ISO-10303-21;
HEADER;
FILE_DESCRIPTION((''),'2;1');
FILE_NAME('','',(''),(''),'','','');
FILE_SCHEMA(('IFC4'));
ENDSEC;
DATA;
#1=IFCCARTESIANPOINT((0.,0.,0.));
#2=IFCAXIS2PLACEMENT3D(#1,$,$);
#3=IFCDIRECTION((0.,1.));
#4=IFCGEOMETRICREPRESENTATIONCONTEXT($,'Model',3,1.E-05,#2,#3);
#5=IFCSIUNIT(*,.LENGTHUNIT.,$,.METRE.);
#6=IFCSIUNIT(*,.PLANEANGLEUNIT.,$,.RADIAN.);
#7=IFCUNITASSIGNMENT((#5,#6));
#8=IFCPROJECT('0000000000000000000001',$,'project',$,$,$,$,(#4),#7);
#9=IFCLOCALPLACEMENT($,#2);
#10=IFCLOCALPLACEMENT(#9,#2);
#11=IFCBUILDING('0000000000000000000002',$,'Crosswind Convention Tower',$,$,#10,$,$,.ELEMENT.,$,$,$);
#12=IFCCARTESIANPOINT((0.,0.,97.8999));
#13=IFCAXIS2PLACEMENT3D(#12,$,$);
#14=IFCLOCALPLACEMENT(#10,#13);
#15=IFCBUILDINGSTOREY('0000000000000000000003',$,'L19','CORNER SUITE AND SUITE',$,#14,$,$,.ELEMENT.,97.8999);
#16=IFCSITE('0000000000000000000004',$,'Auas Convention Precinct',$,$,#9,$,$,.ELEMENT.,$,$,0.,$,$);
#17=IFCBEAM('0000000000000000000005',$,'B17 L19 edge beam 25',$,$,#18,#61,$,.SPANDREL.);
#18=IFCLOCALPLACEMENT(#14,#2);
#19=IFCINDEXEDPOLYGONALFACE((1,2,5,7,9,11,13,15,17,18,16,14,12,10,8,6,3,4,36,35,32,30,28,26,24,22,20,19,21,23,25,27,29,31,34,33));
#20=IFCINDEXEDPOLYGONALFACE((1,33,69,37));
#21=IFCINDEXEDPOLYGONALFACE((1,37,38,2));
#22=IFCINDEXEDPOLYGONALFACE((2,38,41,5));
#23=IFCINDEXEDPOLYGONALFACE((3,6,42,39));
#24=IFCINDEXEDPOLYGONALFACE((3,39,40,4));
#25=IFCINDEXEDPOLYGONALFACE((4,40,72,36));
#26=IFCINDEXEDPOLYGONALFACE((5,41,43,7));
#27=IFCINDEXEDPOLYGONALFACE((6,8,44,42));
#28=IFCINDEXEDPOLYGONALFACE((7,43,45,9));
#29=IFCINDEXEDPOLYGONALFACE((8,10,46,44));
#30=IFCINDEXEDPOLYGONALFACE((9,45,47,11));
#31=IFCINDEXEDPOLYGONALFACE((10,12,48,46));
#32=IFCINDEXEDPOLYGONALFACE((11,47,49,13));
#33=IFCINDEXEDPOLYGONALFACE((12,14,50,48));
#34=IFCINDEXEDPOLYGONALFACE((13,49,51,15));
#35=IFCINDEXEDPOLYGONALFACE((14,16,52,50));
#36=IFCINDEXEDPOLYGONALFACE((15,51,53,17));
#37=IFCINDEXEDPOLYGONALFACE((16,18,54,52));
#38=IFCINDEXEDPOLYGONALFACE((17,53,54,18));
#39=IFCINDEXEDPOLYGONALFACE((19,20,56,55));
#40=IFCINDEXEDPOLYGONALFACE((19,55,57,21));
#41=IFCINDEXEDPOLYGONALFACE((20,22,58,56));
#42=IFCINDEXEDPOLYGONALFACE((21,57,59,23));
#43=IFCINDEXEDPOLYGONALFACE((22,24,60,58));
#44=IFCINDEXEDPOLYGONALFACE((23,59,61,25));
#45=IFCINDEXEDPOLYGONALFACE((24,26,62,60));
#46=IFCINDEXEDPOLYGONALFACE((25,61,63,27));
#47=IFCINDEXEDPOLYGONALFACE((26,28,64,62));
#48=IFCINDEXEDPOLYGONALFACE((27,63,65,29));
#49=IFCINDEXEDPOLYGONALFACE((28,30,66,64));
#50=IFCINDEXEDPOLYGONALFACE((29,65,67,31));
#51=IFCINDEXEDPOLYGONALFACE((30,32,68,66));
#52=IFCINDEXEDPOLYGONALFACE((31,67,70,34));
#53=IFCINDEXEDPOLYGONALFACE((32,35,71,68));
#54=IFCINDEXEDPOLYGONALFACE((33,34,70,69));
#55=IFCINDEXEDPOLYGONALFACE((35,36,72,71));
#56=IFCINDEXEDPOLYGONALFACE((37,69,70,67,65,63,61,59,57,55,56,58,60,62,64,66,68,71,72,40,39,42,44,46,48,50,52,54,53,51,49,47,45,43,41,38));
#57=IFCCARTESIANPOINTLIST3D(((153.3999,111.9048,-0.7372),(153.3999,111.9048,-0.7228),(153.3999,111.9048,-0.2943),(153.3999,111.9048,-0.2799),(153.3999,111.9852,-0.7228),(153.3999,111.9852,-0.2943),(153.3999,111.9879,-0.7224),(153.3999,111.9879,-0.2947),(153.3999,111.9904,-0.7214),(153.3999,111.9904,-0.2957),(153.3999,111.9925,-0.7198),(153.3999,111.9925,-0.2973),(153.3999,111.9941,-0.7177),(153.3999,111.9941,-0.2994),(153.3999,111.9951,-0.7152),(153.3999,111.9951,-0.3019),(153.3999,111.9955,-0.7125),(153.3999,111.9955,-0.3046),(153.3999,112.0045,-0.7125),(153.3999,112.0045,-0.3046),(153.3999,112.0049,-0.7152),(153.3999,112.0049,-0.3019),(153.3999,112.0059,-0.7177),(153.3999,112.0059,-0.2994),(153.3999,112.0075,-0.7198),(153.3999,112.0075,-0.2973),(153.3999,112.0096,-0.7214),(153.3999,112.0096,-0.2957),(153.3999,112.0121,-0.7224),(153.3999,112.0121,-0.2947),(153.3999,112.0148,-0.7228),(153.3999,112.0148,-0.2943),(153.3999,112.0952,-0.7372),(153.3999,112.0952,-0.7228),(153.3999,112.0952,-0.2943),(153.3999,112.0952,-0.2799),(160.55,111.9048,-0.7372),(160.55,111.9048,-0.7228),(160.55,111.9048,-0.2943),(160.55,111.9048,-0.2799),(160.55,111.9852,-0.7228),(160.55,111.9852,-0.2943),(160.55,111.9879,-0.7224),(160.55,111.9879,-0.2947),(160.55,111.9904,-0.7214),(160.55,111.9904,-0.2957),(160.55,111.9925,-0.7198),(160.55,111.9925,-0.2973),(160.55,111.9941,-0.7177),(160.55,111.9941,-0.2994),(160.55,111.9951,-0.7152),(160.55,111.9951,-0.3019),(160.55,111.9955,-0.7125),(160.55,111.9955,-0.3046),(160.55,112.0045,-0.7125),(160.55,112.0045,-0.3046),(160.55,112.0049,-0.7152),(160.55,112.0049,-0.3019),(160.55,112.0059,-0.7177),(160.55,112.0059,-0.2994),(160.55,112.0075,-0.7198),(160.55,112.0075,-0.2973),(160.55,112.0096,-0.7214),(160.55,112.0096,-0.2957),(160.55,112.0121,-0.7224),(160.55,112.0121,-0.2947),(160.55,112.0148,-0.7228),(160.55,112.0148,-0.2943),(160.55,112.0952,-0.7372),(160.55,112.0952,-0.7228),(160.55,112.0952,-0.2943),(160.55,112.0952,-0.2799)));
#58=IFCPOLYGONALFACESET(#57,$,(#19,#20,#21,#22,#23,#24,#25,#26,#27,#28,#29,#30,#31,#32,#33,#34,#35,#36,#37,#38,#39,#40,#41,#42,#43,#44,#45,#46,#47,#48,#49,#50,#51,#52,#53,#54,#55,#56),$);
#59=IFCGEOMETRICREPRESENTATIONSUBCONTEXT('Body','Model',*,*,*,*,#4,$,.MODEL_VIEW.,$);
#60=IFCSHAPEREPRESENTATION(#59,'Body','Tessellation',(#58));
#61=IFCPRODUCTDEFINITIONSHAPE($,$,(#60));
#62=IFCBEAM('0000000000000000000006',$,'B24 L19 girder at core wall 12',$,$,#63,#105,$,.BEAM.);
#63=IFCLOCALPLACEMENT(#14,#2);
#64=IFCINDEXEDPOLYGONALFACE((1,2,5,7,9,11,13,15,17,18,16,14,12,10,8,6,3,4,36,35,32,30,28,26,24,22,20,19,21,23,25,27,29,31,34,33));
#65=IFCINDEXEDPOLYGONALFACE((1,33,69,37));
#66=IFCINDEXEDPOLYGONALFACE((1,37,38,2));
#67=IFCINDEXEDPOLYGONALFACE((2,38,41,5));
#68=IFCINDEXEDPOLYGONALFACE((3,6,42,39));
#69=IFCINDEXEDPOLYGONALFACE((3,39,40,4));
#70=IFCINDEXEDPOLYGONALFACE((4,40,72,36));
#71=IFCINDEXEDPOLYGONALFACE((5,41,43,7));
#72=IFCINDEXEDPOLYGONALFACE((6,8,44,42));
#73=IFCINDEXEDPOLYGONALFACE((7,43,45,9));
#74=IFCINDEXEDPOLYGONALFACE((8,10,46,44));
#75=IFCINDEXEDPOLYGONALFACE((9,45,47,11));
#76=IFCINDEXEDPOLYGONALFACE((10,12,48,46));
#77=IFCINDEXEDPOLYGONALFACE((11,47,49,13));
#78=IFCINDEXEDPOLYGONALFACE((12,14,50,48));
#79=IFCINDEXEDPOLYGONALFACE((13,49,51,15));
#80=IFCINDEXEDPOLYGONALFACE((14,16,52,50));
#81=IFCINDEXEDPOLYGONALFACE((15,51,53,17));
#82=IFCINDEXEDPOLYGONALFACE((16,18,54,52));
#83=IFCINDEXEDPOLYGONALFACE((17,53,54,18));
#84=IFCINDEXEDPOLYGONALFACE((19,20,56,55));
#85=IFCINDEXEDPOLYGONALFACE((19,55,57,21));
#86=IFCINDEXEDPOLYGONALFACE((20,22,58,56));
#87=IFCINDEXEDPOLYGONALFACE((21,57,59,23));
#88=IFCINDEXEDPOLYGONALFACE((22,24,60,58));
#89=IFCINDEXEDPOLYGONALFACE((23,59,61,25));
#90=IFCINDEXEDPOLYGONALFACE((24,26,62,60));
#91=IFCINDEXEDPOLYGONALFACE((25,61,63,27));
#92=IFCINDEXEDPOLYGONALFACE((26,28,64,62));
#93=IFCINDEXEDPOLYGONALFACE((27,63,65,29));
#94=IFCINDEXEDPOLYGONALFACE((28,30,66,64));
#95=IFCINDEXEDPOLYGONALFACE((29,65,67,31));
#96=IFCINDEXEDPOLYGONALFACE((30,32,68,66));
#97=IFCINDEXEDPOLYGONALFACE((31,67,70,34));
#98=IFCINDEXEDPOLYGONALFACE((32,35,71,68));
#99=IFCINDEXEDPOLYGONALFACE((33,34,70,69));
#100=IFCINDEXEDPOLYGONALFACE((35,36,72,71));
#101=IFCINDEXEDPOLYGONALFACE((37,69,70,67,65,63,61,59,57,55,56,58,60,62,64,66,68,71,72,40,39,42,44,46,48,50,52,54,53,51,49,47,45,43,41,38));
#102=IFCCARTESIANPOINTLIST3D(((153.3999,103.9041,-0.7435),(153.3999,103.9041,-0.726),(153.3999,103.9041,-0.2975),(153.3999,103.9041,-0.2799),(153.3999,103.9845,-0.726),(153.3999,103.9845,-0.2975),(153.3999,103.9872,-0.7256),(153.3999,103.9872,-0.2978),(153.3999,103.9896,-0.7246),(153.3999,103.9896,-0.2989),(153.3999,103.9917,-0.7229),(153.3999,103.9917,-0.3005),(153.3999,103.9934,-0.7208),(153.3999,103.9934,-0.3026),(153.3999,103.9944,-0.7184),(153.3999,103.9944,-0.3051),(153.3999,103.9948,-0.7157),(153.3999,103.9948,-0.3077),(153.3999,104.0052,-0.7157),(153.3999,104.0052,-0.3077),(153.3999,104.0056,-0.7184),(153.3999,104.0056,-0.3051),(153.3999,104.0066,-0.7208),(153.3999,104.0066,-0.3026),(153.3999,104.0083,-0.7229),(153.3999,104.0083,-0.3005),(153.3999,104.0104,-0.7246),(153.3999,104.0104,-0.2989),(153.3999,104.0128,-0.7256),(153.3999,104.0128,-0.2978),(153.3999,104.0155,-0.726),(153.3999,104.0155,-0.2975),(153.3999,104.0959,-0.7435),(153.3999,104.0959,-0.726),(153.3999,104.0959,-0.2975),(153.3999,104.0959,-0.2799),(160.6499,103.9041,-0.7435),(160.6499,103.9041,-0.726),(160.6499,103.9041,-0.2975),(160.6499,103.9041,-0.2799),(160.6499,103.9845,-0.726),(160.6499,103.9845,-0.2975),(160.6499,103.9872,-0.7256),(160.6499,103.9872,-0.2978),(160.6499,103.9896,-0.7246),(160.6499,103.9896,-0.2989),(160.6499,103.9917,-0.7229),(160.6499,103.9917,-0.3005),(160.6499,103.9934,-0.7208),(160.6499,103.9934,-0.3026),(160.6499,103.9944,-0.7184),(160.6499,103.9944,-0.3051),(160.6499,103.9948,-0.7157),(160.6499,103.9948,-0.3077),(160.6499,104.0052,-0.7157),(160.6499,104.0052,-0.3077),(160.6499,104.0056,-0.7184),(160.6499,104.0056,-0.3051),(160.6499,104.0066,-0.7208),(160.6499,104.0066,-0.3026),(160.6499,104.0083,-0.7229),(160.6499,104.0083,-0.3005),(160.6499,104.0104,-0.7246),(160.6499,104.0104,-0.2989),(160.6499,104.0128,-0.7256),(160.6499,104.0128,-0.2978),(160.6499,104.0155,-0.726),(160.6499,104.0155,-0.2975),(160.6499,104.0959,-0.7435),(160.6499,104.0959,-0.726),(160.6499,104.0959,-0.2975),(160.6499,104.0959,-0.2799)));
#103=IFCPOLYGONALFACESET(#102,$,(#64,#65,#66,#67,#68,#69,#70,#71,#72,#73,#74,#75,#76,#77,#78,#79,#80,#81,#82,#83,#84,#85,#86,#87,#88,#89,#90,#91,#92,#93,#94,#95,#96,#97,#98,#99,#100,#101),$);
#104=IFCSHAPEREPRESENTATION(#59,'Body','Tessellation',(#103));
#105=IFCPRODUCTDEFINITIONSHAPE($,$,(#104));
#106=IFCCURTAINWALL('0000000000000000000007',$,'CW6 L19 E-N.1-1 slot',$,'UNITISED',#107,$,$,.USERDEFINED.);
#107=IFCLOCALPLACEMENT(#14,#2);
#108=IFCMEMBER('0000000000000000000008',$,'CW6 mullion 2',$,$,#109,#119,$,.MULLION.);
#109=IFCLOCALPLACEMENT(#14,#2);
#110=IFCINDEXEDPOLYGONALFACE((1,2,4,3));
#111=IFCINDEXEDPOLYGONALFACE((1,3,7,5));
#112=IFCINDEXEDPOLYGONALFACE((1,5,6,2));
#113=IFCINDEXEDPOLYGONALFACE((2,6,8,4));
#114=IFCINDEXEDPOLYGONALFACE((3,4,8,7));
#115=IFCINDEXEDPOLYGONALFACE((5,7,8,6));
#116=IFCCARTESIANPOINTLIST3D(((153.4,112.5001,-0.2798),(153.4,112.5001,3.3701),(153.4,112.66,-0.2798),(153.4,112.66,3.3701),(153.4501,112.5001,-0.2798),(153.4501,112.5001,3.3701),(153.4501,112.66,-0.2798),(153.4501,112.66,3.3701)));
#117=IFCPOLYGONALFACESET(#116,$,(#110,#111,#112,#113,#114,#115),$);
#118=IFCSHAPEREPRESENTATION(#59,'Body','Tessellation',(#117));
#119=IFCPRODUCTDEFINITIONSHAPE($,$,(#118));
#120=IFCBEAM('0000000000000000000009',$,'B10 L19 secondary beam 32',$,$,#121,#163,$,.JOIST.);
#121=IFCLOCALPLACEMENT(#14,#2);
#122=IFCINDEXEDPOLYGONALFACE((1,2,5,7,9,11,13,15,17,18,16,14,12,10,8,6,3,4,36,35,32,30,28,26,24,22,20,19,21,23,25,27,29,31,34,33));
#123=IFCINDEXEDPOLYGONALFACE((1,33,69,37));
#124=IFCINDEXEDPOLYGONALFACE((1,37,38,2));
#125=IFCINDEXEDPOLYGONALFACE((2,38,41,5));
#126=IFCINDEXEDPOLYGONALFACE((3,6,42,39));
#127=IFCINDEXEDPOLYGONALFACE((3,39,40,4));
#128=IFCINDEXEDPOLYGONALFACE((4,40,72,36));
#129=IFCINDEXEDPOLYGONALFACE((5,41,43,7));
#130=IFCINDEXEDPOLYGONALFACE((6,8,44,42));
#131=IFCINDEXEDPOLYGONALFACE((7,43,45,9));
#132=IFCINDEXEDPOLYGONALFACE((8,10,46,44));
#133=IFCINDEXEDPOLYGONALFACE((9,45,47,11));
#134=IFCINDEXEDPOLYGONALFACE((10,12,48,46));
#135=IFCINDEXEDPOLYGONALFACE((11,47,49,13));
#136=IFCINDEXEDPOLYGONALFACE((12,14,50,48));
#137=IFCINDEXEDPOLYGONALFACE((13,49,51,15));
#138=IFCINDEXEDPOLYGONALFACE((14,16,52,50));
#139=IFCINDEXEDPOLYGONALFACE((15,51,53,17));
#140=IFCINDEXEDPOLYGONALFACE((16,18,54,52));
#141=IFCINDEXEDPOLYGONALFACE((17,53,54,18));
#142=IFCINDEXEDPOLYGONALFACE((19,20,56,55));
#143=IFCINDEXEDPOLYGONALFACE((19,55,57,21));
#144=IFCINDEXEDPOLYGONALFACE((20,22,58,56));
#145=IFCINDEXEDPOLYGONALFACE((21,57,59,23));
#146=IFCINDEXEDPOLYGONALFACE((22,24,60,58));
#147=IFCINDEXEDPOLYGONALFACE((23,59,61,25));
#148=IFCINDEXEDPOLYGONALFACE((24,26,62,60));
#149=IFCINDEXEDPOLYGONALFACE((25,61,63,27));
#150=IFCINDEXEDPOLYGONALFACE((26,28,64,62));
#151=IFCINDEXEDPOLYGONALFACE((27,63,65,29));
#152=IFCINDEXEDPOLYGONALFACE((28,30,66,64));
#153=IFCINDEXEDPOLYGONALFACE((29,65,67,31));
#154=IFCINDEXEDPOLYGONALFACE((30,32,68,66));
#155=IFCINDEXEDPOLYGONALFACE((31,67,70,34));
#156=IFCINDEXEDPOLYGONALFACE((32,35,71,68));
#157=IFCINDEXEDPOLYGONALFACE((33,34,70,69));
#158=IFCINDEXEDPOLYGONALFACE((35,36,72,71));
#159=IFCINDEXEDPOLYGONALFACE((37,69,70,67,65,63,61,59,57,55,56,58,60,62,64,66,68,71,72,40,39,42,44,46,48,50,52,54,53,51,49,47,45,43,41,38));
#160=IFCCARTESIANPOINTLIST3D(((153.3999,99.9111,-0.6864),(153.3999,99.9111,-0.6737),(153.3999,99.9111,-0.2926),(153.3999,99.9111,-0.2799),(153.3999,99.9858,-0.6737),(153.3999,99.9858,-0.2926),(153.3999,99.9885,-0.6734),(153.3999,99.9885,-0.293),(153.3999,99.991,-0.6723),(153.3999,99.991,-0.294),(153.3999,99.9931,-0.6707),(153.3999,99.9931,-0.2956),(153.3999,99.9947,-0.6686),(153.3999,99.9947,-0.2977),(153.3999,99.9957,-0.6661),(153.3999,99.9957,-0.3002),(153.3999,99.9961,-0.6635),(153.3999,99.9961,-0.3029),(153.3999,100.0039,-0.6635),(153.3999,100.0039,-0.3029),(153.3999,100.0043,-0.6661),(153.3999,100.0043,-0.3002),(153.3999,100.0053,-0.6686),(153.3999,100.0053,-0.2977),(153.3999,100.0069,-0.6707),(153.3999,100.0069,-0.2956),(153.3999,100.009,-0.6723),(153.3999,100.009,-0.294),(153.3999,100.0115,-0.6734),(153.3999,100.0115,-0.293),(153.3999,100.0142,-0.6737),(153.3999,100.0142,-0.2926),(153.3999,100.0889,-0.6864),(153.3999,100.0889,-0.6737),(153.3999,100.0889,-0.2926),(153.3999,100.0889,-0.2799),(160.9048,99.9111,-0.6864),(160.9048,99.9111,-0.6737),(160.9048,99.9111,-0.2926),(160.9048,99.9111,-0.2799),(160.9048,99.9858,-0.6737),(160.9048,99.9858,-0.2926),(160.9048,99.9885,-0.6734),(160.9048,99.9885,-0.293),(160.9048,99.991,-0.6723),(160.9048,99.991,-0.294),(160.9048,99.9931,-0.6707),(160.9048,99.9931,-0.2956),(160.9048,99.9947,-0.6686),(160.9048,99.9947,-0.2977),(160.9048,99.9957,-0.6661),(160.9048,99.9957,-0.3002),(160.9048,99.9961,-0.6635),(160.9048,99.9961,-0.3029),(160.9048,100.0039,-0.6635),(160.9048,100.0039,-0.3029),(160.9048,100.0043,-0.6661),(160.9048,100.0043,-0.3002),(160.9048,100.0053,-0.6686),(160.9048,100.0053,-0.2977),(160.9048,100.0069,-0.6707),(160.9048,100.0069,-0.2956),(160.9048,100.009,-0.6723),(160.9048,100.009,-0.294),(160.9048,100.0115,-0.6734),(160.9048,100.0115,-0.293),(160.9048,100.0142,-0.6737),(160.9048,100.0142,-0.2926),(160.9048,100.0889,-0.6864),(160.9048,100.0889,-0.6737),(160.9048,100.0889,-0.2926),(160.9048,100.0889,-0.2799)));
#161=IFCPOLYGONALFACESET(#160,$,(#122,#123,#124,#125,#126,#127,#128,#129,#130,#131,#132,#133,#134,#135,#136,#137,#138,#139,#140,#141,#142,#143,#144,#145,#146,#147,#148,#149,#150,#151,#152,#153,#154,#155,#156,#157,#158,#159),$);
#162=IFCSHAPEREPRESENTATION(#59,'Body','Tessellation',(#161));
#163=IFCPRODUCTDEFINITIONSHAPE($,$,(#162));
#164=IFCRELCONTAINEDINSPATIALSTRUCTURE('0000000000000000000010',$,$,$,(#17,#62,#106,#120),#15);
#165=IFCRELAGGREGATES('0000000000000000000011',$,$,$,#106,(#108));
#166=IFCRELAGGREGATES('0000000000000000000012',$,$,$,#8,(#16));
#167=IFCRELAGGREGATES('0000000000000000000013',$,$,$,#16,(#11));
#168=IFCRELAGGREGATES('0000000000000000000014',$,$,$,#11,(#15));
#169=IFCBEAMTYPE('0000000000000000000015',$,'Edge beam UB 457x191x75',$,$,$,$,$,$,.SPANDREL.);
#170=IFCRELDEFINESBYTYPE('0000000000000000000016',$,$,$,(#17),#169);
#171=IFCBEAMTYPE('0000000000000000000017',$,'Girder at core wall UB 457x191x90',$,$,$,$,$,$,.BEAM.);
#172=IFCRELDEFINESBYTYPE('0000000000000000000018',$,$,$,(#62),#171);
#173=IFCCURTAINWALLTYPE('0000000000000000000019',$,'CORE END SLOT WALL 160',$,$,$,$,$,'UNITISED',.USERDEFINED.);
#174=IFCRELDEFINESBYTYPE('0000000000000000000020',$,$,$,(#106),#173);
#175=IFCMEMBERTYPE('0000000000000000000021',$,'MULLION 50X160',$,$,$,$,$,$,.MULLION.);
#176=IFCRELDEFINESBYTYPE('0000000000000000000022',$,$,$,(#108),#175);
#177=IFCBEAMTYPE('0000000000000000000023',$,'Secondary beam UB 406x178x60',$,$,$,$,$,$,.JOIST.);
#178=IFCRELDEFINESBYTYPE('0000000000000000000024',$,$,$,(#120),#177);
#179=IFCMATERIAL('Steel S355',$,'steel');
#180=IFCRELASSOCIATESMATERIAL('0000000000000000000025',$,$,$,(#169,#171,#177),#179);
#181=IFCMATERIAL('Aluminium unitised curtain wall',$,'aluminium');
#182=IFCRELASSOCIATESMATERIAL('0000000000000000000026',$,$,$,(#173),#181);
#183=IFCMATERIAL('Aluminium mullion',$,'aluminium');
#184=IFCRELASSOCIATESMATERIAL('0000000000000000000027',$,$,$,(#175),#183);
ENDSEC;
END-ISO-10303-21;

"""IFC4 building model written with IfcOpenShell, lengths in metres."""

from ifc_helpers import new_model, si_unit, direction, frame, origin, origin_2d, place, context, subcontext, project, spatial, rectangle, i_section, extrude, material, material_profile, profile_set, type_object, element, aggregate, save


model = new_model("IFC4")

# Units and contexts
model_context = context("Model", 3, precision=1e-05, world=origin(), true_north=direction((0.0, 1.0)))
body_context = subcontext(model_context, "Body", "Model", "MODEL_VIEW")
ifc_project = project(units=[si_unit("LENGTHUNIT", "METRE"), si_unit("PLANEANGLEUNIT", "RADIAN")], contexts=[model_context])

# Site, building, storey
site_placement = place(None, origin())
site = spatial("IfcSite", under=ifc_project, at=site_placement, Name="Auas Convention Precinct", CompositionType="ELEMENT", RefElevation=0.0)
building_placement = place(site_placement, origin())
building = spatial("IfcBuilding", under=site, at=building_placement, Name="Crosswind Convention Tower", CompositionType="ELEMENT")
storey_placement = place(building_placement, frame((0.0, 0.0, 97.8999)))
storey = spatial("IfcBuildingStorey", under=building, at=storey_placement, Name="L19", Description="CORNER SUITE AND SUITE", CompositionType="ELEMENT", Elevation=97.8999)

# Beams
ifc_material_1 = material(Name="Steel S355", Category="steel")
ifc_material_profile_1 = material_profile(ifc_material_1, i_section(OverallWidth=0.1904, OverallDepth=0.4573, WebThickness=0.009, FlangeThickness=0.0144, FilletRadius=0.0103, at=origin_2d()), Name="UB 457x191x75")
ifc_profile_set_1 = profile_set([ifc_material_profile_1], Name="Steel S355")
beam_type_1 = type_object("IfcBeamType", Name="Edge beam UB 457x191x75", PredefinedType="SPANDREL", material=ifc_profile_set_1)
beam_1_placement = place(storey_placement, frame((153.3999, 112.0, -0.5085), z_axis=(1.0, 0.0, 0.0), x_axis=(0.0, 1.0, 0.0)))
element("IfcBeam", 1, at=beam_1_placement, inside=storey, type_object=beam_type_1, Name="B17 L19 edge beam 25", PredefinedType="SPANDREL", context=body_context, shape_type="SweptSolid", body=[
    extrude(i_section(OverallWidth=0.1904, OverallDepth=0.4573, WebThickness=0.009, FlangeThickness=0.0144, FilletRadius=0.0103, at=origin_2d()), origin(), (0.0, 0.0, 1.0), 7.1501),
])
ifc_material_profile_2 = material_profile(ifc_material_1, i_section(OverallWidth=0.1919, OverallDepth=0.4636, WebThickness=0.0105, FlangeThickness=0.0176, FilletRadius=0.0103, at=origin_2d()), Name="UB 457x191x90")
ifc_profile_set_2 = profile_set([ifc_material_profile_2], Name="Steel S355")
beam_type_2 = type_object("IfcBeamType", Name="Girder at core wall UB 457x191x90", PredefinedType="BEAM", material=ifc_profile_set_2)
beam_2_placement = place(storey_placement, frame((153.3999, 104.0, -0.5117), z_axis=(1.0, 0.0, 0.0), x_axis=(0.0, 1.0, 0.0)))
element("IfcBeam", 2, at=beam_2_placement, inside=storey, type_object=beam_type_2, Name="B24 L19 girder at core wall 12", PredefinedType="BEAM", context=body_context, shape_type="SweptSolid", body=[
    extrude(i_section(OverallWidth=0.1919, OverallDepth=0.4636, WebThickness=0.0105, FlangeThickness=0.0176, FilletRadius=0.0103, at=origin_2d()), origin(), (0.0, 0.0, 1.0), 7.25),
])

# Curtain wall, member
ifc_material_2 = material(Name="Aluminium unitised curtain wall", Category="aluminium")
curtain_wall_type = type_object("IfcCurtainWallType", Name="CORE END SLOT WALL 160", ElementType="UNITISED", PredefinedType="USERDEFINED", material=ifc_material_2)
curtain_wall_placement = place(storey_placement, origin())
curtain_wall = element("IfcCurtainWall", 3, at=curtain_wall_placement, inside=storey, type_object=curtain_wall_type, Name="CW6 L19 E-N.1-1 slot", ObjectType="UNITISED", PredefinedType="USERDEFINED")
ifc_material_3 = material(Name="Aluminium mullion", Category="aluminium")
ifc_material_profile_3 = material_profile(ifc_material_3, rectangle(XDim=0.1599, YDim=0.05, at=origin_2d()), Name="AL 160X50")
ifc_profile_set_3 = profile_set([ifc_material_profile_3], Name="Aluminium mullion")
member_type = type_object("IfcMemberType", Name="MULLION 50X160", PredefinedType="MULLION", material=ifc_profile_set_3)
member_placement = place(storey_placement, frame((153.425, 112.5801, -0.2798), z_axis=(0.0, 0.0, 1.0), x_axis=(0.0, 1.0, 0.0)))
member = element("IfcMember", 4, at=member_placement, type_object=member_type, Name="CW6 mullion 2", PredefinedType="MULLION", context=body_context, shape_type="SweptSolid", body=[
    extrude(rectangle(XDim=0.1599, YDim=0.05, at=origin_2d()), origin(), (0.0, 0.0, 1.0), 3.6499),
])
aggregate(curtain_wall, [member])

# Beam
ifc_material_profile_4 = material_profile(ifc_material_1, i_section(OverallWidth=0.1777, OverallDepth=0.4065, WebThickness=0.0078, FlangeThickness=0.0127, FilletRadius=0.0103, at=origin_2d()), Name="UB 406x178x60")
ifc_profile_set_4 = profile_set([ifc_material_profile_4], Name="Steel S355")
beam_type_3 = type_object("IfcBeamType", Name="Secondary beam UB 406x178x60", PredefinedType="JOIST", material=ifc_profile_set_4)
for number, where, z_axis, x_axis, name in (
    (5, (153.3999, 100.0, -0.4832), (1.0, 0.0, 0.0), (0.0, 1.0, 0.0), "B10 L19 secondary beam 32"),
):
    element("IfcBeam", number, at=place(storey_placement, frame(where, z_axis=z_axis, x_axis=x_axis)), inside=storey, type_object=beam_type_3, Name=name, PredefinedType="JOIST", context=body_context, shape_type="SweptSolid", body=[
        extrude(i_section(OverallWidth=0.1777, OverallDepth=0.4065, WebThickness=0.0078, FlangeThickness=0.0127, FilletRadius=0.0103, at=origin_2d()), origin(), (0.0, 0.0, 1.0), 7.5049),
    ])

save(model, "model.ifc")
